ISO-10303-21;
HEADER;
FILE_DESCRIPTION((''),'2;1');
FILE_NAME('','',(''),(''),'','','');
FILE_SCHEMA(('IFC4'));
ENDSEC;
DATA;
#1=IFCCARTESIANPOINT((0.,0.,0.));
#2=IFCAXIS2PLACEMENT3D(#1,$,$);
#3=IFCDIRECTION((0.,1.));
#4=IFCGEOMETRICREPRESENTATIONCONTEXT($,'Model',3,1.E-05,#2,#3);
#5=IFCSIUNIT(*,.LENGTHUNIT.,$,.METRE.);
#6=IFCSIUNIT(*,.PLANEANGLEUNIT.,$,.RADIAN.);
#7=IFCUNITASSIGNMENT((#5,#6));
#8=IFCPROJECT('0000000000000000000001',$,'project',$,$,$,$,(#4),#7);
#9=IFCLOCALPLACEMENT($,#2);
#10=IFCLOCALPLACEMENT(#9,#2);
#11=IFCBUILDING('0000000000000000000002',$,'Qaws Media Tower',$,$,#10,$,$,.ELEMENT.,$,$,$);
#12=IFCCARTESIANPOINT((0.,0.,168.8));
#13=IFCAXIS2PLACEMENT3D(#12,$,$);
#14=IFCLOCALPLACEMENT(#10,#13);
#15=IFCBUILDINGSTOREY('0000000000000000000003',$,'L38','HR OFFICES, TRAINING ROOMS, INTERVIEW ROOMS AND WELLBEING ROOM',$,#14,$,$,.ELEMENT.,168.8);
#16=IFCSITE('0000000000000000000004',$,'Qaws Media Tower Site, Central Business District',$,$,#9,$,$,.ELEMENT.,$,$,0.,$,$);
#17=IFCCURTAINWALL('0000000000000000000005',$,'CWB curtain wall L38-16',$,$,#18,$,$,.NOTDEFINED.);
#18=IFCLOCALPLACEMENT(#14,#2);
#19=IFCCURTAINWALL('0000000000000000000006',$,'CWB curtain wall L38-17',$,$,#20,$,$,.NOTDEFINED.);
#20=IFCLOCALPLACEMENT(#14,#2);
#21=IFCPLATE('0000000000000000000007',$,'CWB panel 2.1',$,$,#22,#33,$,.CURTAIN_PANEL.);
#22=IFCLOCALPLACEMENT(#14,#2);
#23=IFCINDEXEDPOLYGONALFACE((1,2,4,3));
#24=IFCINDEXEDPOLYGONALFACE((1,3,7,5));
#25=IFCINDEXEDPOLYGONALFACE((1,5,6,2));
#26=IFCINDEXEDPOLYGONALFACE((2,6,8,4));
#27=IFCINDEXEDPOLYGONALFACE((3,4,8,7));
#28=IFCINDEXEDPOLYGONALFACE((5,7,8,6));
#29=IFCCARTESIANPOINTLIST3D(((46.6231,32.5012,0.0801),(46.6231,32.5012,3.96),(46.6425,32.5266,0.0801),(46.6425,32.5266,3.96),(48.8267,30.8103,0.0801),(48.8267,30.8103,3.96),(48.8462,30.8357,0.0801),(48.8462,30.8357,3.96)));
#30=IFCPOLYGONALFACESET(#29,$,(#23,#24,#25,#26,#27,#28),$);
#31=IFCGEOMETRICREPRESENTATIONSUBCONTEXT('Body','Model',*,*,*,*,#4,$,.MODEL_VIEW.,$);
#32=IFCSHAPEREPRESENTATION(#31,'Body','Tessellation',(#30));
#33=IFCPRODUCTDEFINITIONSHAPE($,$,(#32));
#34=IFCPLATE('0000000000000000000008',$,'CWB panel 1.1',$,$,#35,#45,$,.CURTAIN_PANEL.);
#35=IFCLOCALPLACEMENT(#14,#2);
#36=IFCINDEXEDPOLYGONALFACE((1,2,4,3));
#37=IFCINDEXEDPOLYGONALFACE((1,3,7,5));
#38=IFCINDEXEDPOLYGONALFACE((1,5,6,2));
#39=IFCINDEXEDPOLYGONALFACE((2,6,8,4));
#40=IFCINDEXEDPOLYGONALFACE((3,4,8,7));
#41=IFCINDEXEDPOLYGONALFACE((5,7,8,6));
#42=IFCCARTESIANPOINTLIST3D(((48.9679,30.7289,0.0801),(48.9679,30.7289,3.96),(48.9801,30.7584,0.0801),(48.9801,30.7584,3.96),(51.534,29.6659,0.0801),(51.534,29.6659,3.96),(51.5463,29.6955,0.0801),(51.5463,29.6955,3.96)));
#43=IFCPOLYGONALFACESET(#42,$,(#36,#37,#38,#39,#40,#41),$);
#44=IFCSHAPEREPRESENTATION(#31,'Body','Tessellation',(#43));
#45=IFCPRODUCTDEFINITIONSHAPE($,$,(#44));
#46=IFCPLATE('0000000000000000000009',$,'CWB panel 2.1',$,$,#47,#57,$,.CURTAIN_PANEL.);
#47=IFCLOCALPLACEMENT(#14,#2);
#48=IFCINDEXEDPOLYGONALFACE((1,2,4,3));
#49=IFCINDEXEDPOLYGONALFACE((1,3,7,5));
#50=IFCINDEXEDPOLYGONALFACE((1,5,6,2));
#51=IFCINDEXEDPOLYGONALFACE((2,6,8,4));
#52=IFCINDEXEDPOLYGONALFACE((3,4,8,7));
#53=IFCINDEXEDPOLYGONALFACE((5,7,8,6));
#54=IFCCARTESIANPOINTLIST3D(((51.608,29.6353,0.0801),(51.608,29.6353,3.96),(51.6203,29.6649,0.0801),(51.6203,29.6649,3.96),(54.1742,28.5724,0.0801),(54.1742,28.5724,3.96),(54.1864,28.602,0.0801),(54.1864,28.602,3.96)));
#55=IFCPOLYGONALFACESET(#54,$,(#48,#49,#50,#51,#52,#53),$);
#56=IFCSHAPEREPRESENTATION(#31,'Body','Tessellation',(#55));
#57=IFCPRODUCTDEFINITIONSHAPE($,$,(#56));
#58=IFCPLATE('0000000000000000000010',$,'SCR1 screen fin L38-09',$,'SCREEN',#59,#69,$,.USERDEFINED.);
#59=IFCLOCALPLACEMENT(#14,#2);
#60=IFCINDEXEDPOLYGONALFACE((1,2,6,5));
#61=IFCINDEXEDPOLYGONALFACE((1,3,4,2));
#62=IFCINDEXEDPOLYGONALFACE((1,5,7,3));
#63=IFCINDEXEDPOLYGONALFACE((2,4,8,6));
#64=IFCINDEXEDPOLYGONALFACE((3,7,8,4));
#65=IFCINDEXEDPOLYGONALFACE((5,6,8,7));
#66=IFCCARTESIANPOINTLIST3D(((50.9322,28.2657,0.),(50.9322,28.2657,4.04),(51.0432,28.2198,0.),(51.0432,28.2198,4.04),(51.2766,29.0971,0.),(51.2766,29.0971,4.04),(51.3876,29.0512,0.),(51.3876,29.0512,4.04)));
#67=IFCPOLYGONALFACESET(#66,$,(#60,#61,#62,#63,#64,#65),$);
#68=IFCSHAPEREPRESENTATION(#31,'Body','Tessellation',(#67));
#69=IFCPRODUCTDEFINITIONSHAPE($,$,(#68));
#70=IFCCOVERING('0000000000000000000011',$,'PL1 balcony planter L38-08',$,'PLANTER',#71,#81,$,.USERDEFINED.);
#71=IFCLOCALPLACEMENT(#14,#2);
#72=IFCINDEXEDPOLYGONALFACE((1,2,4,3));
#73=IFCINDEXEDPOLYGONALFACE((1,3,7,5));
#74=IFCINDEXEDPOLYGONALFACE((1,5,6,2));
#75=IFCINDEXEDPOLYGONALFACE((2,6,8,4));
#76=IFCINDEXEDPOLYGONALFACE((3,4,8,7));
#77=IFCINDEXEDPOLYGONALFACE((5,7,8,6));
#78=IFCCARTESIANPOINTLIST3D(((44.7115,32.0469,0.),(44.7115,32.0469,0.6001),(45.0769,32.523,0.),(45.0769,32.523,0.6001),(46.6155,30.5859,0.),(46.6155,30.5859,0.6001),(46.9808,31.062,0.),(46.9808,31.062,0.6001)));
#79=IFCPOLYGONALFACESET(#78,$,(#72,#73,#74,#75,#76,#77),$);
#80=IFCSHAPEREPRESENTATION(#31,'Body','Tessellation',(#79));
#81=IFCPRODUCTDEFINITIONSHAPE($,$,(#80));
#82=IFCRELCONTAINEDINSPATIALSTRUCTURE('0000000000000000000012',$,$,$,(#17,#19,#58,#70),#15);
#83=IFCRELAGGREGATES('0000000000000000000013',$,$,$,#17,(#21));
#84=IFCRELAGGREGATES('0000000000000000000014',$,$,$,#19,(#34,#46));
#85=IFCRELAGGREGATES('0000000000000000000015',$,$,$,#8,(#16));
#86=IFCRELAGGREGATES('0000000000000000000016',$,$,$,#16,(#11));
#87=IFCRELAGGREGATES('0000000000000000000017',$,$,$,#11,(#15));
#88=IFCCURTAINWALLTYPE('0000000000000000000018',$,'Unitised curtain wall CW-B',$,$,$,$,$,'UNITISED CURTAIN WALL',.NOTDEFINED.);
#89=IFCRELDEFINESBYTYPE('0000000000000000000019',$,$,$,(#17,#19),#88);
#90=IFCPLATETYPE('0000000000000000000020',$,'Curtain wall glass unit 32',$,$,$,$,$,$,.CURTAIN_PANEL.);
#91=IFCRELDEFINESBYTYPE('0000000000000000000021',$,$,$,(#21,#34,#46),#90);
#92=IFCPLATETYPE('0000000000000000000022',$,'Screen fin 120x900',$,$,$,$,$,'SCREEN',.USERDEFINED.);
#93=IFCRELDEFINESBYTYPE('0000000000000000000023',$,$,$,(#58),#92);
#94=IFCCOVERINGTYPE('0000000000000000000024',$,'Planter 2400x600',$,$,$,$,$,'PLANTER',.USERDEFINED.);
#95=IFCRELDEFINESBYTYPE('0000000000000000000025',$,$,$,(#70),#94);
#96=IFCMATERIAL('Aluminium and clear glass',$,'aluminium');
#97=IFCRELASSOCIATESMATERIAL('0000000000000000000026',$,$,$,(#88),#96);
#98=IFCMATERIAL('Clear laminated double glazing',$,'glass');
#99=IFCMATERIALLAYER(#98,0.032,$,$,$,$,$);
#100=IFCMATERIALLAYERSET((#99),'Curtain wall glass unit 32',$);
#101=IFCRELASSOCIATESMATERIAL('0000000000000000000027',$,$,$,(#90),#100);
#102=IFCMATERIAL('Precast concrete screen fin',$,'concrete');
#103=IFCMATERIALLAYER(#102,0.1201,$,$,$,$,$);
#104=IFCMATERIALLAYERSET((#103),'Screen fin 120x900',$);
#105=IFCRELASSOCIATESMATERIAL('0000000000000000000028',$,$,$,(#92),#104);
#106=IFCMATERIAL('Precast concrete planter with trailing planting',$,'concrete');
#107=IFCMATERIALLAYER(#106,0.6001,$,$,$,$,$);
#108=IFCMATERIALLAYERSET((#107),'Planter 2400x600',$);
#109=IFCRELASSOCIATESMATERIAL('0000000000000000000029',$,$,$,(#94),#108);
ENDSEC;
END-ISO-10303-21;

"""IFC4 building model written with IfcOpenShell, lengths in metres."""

from ifc_helpers import new_model, si_unit, direction, frame, origin, origin_2d, place, context, subcontext, project, spatial, rectangle, extrude, material, layer, layer_set, type_object, element, aggregate, save


model = new_model("IFC4")

# Units and contexts
model_context = context("Model", 3, precision=1e-05, world=origin(), true_north=direction((0.0, 1.0)))
body_context = subcontext(model_context, "Body", "Model", "MODEL_VIEW")
ifc_project = project(units=[si_unit("LENGTHUNIT", "METRE"), si_unit("PLANEANGLEUNIT", "RADIAN")], contexts=[model_context])

# Site, building, storey
site_placement = place(None, origin())
site = spatial("IfcSite", under=ifc_project, at=site_placement, Name="Qaws Media Tower Site, Central Business District", CompositionType="ELEMENT", RefElevation=0.0)
building_placement = place(site_placement, origin())
building = spatial("IfcBuilding", under=site, at=building_placement, Name="Qaws Media Tower", CompositionType="ELEMENT")
storey_placement = place(building_placement, frame((0.0, 0.0, 168.8)))
storey = spatial("IfcBuildingStorey", under=building, at=storey_placement, Name="L38", Description="HR OFFICES, TRAINING ROOMS, INTERVIEW ROOMS AND WELLBEING ROOM", CompositionType="ELEMENT", Elevation=168.8)

# Curtain walls
ifc_material_1 = material(Name="Aluminium and clear glass", Category="aluminium")
curtain_wall_type = type_object("IfcCurtainWallType", Name="Unitised curtain wall CW-B", ElementType="UNITISED CURTAIN WALL", PredefinedType="NOTDEFINED", material=ifc_material_1)
curtain_wall_1_placement = place(storey_placement, origin())
curtain_wall_1 = element("IfcCurtainWall", 1, at=curtain_wall_1_placement, inside=storey, type_object=curtain_wall_type, Name="CWB curtain wall L38-16", PredefinedType="NOTDEFINED")
curtain_wall_2_placement = place(storey_placement, origin())
curtain_wall_2 = element("IfcCurtainWall", 2, at=curtain_wall_2_placement, inside=storey, type_object=curtain_wall_type, Name="CWB curtain wall L38-17", PredefinedType="NOTDEFINED")

# Plates
ifc_material_2 = material(Name="Clear laminated double glazing", Category="glass")
ifc_layer_1 = layer(ifc_material_2, 0.032)
ifc_layer_set_1 = layer_set([ifc_layer_1], Name="Curtain wall glass unit 32")
plate_type_1 = type_object("IfcPlateType", Name="Curtain wall glass unit 32", PredefinedType="CURTAIN_PANEL", material=ifc_layer_set_1)
plate_1_placement = place(storey_placement, frame((47.7346, 31.6685, 0.0801), z_axis=(0.0, 0.0, 1.0), x_axis=(0.793353, -0.608761, 0.0)))
plate_1 = element("IfcPlate", 3, at=plate_1_placement, type_object=plate_type_1, Name="CWB panel 2.1", PredefinedType="CURTAIN_PANEL", context=body_context, shape_type="SweptSolid", body=[
    extrude(rectangle(XDim=2.7776, YDim=0.032, at=origin_2d()), origin(), (0.0, 0.0, 1.0), 3.8799),
])
aggregate(curtain_wall_1, [plate_1])
plate_2_placement = place(storey_placement, frame((50.2571, 30.2122, 0.0801), z_axis=(0.0, 0.0, 1.0), x_axis=(0.92388, -0.382683, 0.0)))
plate_2 = element("IfcPlate", 4, at=plate_2_placement, type_object=plate_type_1, Name="CWB panel 1.1", PredefinedType="CURTAIN_PANEL", context=body_context, shape_type="SweptSolid", body=[
    extrude(rectangle(XDim=2.7776, YDim=0.032, at=origin_2d()), origin(), (0.0, 0.0, 1.0), 3.8799),
])
plate_3_placement = place(storey_placement, frame((52.8972, 29.1187, 0.0801), z_axis=(0.0, 0.0, 1.0), x_axis=(0.92388, -0.382683, 0.0)))
plate_3 = element("IfcPlate", 5, at=plate_3_placement, type_object=plate_type_1, Name="CWB panel 2.1", PredefinedType="CURTAIN_PANEL", context=body_context, shape_type="SweptSolid", body=[
    extrude(rectangle(XDim=2.7776, YDim=0.032, at=origin_2d()), origin(), (0.0, 0.0, 1.0), 3.8799),
])
aggregate(curtain_wall_2, [plate_2, plate_3])
ifc_material_3 = material(Name="Precast concrete screen fin", Category="concrete")
ifc_layer_2 = layer(ifc_material_3, 0.1201)
ifc_layer_set_2 = layer_set([ifc_layer_2], Name="Screen fin 120x900")
plate_type_2 = type_object("IfcPlateType", Name="Screen fin 120x900", ElementType="SCREEN", PredefinedType="USERDEFINED", material=ifc_layer_set_2)
plate_4_placement = place(storey_placement, frame((51.1599, 28.6584, 0.0), z_axis=(0.0, 0.0, 1.0), x_axis=(-0.382683, -0.92388, 0.0)))
element("IfcPlate", 6, at=plate_4_placement, inside=storey, type_object=plate_type_2, Name="SCR1 screen fin L38-09", ObjectType="SCREEN", PredefinedType="USERDEFINED", context=body_context, shape_type="SweptSolid", body=[
    extrude(rectangle(XDim=0.8999, YDim=0.1201, at=origin_2d()), origin(), (0.0, 0.0, 1.0), 4.04),
])

# Covering
ifc_material_4 = material(Name="Precast concrete planter with trailing planting", Category="concrete")
ifc_layer_3 = layer(ifc_material_4, 0.6001)
ifc_layer_set_3 = layer_set([ifc_layer_3], Name="Planter 2400x600")
covering_type = type_object("IfcCoveringType", Name="Planter 2400x600", ElementType="PLANTER", PredefinedType="USERDEFINED", material=ifc_layer_set_3)
covering_placement = place(storey_placement, frame((45.8462, 31.5544, 0.0), z_axis=(0.0, 0.0, 1.0), x_axis=(0.793353, -0.608761, 0.0)))
element("IfcCovering", 7, at=covering_placement, inside=storey, type_object=covering_type, Name="PL1 balcony planter L38-08", ObjectType="PLANTER", PredefinedType="USERDEFINED", context=body_context, shape_type="SweptSolid", body=[
    extrude(rectangle(XDim=2.3999, YDim=0.6001, at=origin_2d()), origin(), (0.0, 0.0, 1.0), 0.6001),
])

save(model, "model.ifc")
